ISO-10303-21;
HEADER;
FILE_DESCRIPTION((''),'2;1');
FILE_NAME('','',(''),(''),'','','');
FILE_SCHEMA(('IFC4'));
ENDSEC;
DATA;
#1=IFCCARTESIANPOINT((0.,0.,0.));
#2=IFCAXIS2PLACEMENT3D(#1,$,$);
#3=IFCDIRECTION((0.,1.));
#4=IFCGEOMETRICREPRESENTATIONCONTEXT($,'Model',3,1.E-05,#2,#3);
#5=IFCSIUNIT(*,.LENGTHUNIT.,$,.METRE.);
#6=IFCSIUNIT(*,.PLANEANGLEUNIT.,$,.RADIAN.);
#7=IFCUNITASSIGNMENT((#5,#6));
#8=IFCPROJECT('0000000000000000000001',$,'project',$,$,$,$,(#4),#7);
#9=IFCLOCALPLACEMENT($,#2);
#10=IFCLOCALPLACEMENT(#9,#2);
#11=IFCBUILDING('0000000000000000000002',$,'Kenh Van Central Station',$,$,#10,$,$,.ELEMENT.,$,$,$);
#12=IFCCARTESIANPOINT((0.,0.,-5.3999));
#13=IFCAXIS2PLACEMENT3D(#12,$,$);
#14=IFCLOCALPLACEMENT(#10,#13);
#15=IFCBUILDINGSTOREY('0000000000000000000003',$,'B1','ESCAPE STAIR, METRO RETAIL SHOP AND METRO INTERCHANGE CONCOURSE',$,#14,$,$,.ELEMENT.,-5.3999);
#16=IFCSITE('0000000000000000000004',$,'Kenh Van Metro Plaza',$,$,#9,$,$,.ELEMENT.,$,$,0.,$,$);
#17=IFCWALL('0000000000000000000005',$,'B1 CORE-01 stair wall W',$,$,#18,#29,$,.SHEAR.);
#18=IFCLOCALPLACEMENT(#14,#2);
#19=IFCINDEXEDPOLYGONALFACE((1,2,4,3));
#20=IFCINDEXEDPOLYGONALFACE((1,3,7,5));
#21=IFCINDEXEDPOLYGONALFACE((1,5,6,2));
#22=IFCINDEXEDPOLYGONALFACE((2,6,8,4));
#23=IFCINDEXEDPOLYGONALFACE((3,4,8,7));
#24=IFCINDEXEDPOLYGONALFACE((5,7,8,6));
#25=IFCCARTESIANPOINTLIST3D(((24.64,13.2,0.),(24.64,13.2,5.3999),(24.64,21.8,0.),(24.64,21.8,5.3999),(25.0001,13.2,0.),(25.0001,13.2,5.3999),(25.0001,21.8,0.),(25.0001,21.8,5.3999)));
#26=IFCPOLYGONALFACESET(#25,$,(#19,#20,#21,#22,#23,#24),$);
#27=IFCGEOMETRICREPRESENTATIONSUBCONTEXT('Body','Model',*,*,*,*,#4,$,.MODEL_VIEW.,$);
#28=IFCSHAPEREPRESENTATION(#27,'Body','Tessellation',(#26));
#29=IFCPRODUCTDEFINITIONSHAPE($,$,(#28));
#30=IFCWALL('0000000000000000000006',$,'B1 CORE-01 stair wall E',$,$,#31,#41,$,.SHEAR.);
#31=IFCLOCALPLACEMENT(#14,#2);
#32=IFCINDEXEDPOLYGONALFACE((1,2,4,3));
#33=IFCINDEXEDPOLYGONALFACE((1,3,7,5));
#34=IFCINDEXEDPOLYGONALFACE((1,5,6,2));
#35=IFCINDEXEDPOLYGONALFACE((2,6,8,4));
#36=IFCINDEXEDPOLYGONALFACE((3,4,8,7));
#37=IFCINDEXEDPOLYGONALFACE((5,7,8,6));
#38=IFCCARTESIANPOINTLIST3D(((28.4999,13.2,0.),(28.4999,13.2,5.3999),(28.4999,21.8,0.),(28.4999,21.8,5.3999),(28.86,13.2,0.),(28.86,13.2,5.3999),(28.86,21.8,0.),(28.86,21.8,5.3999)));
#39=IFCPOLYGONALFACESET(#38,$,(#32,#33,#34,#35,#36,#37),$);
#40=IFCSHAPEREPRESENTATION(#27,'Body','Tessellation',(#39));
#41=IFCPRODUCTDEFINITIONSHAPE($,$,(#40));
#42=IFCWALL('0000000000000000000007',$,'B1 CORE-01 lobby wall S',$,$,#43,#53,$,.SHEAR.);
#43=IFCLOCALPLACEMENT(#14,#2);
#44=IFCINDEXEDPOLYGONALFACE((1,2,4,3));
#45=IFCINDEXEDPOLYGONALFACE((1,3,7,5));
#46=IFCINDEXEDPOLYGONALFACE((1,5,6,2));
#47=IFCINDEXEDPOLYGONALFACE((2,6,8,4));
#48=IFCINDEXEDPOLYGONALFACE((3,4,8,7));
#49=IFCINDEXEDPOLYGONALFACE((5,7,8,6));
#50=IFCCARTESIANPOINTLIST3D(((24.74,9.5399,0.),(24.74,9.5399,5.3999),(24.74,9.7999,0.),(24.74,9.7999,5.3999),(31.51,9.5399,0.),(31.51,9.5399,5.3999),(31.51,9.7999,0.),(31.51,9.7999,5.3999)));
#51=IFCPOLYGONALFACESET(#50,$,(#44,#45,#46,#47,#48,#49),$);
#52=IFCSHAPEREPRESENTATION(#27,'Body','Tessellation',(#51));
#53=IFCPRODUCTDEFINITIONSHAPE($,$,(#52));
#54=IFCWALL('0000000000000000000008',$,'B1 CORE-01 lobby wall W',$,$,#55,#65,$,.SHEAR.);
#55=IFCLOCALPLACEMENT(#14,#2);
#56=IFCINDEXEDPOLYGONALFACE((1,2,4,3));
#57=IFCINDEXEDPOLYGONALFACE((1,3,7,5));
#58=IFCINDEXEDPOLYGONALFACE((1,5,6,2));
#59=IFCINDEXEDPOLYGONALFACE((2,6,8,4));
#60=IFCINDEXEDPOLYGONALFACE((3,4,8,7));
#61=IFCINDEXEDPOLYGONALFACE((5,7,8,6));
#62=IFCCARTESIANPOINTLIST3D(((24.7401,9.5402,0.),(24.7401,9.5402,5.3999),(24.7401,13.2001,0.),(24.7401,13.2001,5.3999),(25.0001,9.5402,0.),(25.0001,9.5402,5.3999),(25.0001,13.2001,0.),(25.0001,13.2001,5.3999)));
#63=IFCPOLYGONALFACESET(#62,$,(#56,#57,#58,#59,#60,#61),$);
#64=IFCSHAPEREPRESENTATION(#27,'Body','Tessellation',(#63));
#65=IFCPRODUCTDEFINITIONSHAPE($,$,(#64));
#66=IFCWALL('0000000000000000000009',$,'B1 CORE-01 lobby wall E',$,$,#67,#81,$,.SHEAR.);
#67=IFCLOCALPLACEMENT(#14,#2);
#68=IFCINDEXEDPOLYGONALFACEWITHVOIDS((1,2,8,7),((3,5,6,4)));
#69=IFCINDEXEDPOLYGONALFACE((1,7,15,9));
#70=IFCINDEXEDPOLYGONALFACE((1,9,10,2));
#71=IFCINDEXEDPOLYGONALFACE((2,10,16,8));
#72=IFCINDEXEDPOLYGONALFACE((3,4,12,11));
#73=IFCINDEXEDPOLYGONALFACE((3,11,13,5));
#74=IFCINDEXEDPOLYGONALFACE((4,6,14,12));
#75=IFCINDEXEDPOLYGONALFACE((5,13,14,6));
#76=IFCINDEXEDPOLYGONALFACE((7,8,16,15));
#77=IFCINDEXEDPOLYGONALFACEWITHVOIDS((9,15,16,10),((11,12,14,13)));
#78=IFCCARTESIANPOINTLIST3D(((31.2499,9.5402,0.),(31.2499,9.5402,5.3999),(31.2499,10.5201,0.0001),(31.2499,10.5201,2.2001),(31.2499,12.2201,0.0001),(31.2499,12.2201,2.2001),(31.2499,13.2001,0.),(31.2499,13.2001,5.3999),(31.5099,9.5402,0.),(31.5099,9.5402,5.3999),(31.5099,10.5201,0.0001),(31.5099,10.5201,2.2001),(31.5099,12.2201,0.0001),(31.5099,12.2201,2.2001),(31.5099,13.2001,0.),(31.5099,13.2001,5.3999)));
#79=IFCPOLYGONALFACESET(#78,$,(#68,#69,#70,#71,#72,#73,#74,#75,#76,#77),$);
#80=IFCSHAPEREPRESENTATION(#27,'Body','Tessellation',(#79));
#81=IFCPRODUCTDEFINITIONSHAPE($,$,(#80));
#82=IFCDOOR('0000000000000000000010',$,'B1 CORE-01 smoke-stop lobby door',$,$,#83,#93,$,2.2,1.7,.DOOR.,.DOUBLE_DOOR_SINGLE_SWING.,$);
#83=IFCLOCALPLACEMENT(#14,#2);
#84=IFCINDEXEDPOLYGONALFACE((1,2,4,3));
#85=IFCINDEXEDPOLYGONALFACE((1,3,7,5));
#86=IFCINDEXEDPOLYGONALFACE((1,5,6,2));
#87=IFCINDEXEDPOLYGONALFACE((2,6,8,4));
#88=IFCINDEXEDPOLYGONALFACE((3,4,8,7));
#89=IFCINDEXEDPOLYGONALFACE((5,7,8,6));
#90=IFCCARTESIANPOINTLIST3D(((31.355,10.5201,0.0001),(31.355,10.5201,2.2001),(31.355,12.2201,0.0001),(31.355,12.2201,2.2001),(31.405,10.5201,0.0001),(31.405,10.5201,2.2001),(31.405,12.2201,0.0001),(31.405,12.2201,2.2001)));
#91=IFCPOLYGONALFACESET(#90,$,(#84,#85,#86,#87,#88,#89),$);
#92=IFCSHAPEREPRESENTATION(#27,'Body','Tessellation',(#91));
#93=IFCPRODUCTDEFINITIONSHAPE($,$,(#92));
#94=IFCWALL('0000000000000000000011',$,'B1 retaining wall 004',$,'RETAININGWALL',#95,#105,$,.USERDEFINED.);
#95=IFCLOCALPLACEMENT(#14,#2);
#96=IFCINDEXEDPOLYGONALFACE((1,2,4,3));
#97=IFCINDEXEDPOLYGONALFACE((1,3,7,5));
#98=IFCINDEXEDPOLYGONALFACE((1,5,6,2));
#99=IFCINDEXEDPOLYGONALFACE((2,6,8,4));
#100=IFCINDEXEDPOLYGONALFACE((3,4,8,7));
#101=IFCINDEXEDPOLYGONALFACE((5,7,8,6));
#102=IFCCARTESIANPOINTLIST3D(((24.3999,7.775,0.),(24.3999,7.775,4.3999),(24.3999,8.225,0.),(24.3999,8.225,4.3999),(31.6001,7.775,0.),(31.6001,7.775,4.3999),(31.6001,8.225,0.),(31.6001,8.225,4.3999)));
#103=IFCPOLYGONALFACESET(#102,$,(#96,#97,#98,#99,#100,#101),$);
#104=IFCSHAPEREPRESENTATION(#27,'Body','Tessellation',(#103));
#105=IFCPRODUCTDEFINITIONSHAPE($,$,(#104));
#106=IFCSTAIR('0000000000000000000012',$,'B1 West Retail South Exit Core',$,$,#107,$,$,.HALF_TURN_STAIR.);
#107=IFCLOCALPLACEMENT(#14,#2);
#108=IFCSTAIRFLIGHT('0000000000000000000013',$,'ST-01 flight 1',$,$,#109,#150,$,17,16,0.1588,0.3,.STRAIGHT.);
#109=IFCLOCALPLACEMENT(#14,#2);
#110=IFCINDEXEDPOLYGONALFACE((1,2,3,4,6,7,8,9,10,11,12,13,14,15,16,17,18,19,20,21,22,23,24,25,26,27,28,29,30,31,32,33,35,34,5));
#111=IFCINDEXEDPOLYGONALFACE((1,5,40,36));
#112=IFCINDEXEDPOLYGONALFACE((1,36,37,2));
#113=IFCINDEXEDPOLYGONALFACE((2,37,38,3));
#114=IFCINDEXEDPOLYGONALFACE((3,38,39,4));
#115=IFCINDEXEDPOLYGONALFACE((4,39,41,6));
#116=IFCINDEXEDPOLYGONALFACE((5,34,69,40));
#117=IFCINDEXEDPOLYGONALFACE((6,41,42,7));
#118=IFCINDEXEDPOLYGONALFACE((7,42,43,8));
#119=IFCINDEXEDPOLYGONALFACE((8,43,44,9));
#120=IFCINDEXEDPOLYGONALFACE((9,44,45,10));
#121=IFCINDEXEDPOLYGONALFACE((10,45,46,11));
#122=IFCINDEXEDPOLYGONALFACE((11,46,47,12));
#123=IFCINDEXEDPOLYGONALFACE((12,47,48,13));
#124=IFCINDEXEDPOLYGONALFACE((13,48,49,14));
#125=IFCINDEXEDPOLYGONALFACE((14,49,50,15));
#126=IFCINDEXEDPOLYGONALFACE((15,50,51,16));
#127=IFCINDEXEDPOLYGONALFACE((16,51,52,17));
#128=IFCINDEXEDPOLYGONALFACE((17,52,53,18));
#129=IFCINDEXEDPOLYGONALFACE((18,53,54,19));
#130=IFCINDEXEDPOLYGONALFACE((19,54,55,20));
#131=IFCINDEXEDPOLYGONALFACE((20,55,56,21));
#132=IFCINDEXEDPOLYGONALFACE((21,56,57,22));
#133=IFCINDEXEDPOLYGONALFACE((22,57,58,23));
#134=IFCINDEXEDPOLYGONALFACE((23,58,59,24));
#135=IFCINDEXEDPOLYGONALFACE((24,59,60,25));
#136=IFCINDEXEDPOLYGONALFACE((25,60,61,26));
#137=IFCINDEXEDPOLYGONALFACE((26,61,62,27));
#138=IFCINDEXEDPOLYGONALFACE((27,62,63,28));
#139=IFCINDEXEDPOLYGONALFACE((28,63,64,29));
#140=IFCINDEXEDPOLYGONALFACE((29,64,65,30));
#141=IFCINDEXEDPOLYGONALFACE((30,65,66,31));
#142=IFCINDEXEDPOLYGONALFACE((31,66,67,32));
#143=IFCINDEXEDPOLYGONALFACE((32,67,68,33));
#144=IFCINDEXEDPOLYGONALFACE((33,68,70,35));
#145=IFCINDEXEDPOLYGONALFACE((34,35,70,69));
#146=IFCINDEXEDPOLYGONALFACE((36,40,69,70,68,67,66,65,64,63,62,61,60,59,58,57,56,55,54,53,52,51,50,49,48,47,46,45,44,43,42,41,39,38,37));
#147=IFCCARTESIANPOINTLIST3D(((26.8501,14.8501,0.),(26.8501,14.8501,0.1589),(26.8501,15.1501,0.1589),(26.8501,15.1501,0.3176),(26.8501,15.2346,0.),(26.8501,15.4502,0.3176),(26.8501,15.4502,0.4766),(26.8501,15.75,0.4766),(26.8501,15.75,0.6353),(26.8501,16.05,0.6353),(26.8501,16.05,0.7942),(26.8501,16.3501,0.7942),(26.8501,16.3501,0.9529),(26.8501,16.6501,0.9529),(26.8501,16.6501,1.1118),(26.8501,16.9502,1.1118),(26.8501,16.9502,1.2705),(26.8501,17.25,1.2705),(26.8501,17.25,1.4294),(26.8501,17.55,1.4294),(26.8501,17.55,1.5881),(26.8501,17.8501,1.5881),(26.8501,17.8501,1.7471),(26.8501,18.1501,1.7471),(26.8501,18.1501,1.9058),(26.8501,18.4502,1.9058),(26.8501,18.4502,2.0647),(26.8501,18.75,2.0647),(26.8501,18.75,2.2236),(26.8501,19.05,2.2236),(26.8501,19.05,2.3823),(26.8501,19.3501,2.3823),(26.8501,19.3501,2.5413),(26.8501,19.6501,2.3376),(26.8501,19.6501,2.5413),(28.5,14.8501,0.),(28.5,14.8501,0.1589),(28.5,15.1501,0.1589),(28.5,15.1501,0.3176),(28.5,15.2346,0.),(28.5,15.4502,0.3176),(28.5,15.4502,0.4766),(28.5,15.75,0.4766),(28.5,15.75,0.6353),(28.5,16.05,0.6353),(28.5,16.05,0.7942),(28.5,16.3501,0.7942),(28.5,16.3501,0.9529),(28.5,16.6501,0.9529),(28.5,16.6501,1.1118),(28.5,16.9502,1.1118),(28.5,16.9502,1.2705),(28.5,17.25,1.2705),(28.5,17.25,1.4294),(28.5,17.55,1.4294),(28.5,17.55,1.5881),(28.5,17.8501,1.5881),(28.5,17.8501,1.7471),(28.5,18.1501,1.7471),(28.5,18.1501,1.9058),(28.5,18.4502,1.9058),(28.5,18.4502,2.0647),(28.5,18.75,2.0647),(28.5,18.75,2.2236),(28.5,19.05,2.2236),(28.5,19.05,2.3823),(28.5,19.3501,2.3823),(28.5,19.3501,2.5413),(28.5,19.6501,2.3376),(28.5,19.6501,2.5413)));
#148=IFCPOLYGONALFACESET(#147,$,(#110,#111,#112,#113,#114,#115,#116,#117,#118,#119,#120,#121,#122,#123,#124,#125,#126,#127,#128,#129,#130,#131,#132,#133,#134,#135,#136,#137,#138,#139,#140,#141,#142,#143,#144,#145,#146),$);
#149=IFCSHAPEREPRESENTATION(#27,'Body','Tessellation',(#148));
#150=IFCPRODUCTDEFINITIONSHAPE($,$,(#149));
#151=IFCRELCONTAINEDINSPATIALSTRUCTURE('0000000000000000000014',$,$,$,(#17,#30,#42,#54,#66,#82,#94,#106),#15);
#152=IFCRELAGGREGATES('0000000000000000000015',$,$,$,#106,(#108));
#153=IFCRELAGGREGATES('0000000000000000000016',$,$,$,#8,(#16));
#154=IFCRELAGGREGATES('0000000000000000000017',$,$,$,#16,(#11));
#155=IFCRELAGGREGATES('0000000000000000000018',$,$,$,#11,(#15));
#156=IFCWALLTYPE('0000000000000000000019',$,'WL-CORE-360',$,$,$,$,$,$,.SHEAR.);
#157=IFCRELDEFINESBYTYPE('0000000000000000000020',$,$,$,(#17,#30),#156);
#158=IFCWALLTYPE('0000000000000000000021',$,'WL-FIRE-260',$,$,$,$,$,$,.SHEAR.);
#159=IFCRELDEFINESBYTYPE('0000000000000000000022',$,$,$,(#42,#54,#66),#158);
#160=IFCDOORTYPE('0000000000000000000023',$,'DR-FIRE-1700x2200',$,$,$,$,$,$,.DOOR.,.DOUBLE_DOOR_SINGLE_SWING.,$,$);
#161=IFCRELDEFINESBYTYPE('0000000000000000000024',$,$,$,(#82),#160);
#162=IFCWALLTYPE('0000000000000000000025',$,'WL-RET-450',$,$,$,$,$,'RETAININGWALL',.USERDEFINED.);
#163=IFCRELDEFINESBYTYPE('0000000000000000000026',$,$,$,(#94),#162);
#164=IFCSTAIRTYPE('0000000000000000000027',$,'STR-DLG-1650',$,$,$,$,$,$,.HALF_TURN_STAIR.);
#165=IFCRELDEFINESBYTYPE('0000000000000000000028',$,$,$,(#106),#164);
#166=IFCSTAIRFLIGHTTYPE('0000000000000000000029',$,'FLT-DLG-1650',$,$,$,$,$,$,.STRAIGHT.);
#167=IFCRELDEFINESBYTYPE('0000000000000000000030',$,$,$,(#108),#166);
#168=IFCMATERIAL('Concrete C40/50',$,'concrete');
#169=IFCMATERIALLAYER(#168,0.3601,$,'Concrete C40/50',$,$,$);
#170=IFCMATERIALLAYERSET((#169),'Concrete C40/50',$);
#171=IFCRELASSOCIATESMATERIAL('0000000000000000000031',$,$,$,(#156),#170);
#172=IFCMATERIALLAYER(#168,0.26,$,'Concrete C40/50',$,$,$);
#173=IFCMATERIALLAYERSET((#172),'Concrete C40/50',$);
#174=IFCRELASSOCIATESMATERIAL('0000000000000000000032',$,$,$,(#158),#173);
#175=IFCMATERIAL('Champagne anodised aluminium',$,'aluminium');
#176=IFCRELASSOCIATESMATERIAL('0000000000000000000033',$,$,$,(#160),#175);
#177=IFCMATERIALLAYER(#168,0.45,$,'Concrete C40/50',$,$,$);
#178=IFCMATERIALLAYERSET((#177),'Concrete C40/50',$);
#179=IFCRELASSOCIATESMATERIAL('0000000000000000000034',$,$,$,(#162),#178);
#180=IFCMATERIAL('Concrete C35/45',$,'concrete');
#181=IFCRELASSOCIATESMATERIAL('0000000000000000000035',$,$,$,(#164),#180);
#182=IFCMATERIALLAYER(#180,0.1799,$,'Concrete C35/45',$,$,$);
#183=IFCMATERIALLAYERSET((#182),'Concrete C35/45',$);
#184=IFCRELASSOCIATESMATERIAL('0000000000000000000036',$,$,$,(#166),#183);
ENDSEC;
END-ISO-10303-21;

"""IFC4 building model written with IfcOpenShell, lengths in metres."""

from ifc_helpers import new_model, si_unit, direction, frame, frame_2d, origin, place, context, subcontext, project, spatial, polyline, rectangle, outline, extrude, material, layer, layer_set, type_object, element, fill, aggregate, save


model = new_model("IFC4")

# Units and contexts
model_context = context("Model", 3, precision=1e-05, world=origin(), true_north=direction((0.0, 1.0)))
body_context = subcontext(model_context, "Body", "Model", "MODEL_VIEW")
ifc_project = project(units=[si_unit("LENGTHUNIT", "METRE"), si_unit("PLANEANGLEUNIT", "RADIAN")], contexts=[model_context])

# Site, building, storey
site_placement = place(None, origin())
site = spatial("IfcSite", under=ifc_project, at=site_placement, Name="Kenh Van Metro Plaza", CompositionType="ELEMENT", RefElevation=0.0)
building_placement = place(site_placement, origin())
building = spatial("IfcBuilding", under=site, at=building_placement, Name="Kenh Van Central Station", CompositionType="ELEMENT")
storey_placement = place(building_placement, frame((0.0, 0.0, -5.3999)))
storey = spatial("IfcBuildingStorey", under=building, at=storey_placement, Name="B1", Description="ESCAPE STAIR, METRO RETAIL SHOP AND METRO INTERCHANGE CONCOURSE", CompositionType="ELEMENT", Elevation=-5.3999)

# Shared definitions
ifc_material_1 = material(Name="Concrete C40/50", Category="concrete")

# Shared definitions
ifc_material_2 = material(Name="Concrete C35/45", Category="concrete")

# Shared definitions
ifc_material_3 = material(Name="Champagne anodised aluminium", Category="aluminium")

# Shared definitions
ifc_layer_1 = layer(ifc_material_1, 0.3601, Name="Concrete C40/50")
ifc_layer_set_1 = layer_set([ifc_layer_1], Name="Concrete C40/50")
wall_type_1 = type_object("IfcWallType", Name="WL-CORE-360", PredefinedType="SHEAR", material=ifc_layer_set_1)

# Walls
for number, where, z_axis, x_axis, name in (
    (1, (24.8201, 13.2, 0.0), (0.0, 0.0, 1.0), (0.0, 1.0, 0.0), "B1 CORE-01 stair wall W"),
    (2, (28.6799, 13.2, 0.0), (0.0, 0.0, 1.0), (0.0, 1.0, 0.0), "B1 CORE-01 stair wall E"),
):
    element("IfcWall", number, at=place(storey_placement, frame(where, z_axis=z_axis, x_axis=x_axis)), inside=storey, type_object=wall_type_1, Name=name, PredefinedType="SHEAR", context=body_context, shape_type="SweptSolid", body=[
        extrude(rectangle(XDim=8.6001, YDim=0.3601, at=frame_2d((4.3, 0.0))), origin(), (0.0, 0.0, 1.0), 5.3999),
    ])
ifc_layer_2 = layer(ifc_material_1, 0.26, Name="Concrete C40/50")
ifc_layer_set_2 = layer_set([ifc_layer_2], Name="Concrete C40/50")
wall_type_2 = type_object("IfcWallType", Name="WL-FIRE-260", PredefinedType="SHEAR", material=ifc_layer_set_2)
wall_1_placement = place(storey_placement, frame((31.51, 9.6699, 0.0), z_axis=(0.0, 0.0, 1.0), x_axis=(-1.0, 0.0, 0.0)))
element("IfcWall", 3, at=wall_1_placement, inside=storey, type_object=wall_type_2, Name="B1 CORE-01 lobby wall S", PredefinedType="SHEAR", context=body_context, shape_type="SweptSolid", body=[
    extrude(rectangle(XDim=6.77, YDim=0.26, at=frame_2d((3.385, 0.0))), origin(), (0.0, 0.0, 1.0), 5.3999),
])
wall_2_placement = place(storey_placement, frame((24.8701, 9.54, 0.0), z_axis=(0.0, 0.0, 1.0), x_axis=(0.0, 1.0, 0.0)))
element("IfcWall", 4, at=wall_2_placement, inside=storey, type_object=wall_type_2, Name="B1 CORE-01 lobby wall W", PredefinedType="SHEAR", context=body_context, shape_type="SweptSolid", body=[
    extrude(rectangle(XDim=3.6599, YDim=0.26, at=frame_2d((1.8301, 0.0))), origin(), (0.0, 0.0, 1.0), 5.3999),
])

# Wall, opening, door
wall_3_placement = place(storey_placement, frame((31.3799, 9.54, 0.0), z_axis=(0.0, 0.0, 1.0), x_axis=(0.0, 1.0, 0.0)))
wall_3 = element("IfcWall", 5, at=wall_3_placement, inside=storey, type_object=wall_type_2, Name="B1 CORE-01 lobby wall E", PredefinedType="SHEAR", context=body_context, shape_type="SweptSolid", body=[
    extrude(rectangle(XDim=3.6599, YDim=0.26, at=frame_2d((1.8301, 0.0))), origin(), (0.0, 0.0, 1.0), 5.3999),
])
opening_1_placement = place(wall_3_placement, frame((0.98, 0.0, 0.0)))
opening_1 = element("IfcOpeningElement", 6, at=opening_1_placement, cuts=wall_3, PredefinedType="OPENING", context=body_context, shape_type="SweptSolid", body=[
    extrude(rectangle(XDim=1.7, YDim=2.2, at=frame_2d((0.8501, 1.1001))), frame((0.0, 0.1399, 0.0), z_axis=(0.0, -1.0, 0.0), x_axis=(1.0, 0.0, 0.0)), (0.0, 0.0, 1.0), 0.28),
])
door_type_1 = type_object("IfcDoorType", Name="DR-FIRE-1700x2200", OperationType="DOUBLE_DOOR_SINGLE_SWING", PredefinedType="DOOR", material=ifc_material_3)
door_1_placement = place(opening_1_placement, origin())
door_1 = element("IfcDoor", 7, at=door_1_placement, inside=storey, type_object=door_type_1, Name="B1 CORE-01 smoke-stop lobby door", OperationType="DOUBLE_DOOR_SINGLE_SWING", OverallHeight=2.2, OverallWidth=1.7, PredefinedType="DOOR", context=body_context, shape_type="SweptSolid", body=[
    extrude(rectangle(XDim=1.7, YDim=2.2, at=frame_2d((0.8501, 1.1001))), frame((0.0, 0.0249, 0.0), z_axis=(0.0, -1.0, 0.0), x_axis=(1.0, 0.0, 0.0)), (0.0, 0.0, 1.0), 0.05),
])
fill(opening_1, door_1)

# Wall
ifc_layer_3 = layer(ifc_material_1, 0.45, Name="Concrete C40/50")
ifc_layer_set_3 = layer_set([ifc_layer_3], Name="Concrete C40/50")
wall_type_3 = type_object("IfcWallType", Name="WL-RET-450", ElementType="RETAININGWALL", PredefinedType="USERDEFINED", material=ifc_layer_set_3)
wall_4_placement = place(storey_placement, frame((24.3999, 8.0, 0.0), z_axis=(0.0, 0.0, 1.0), x_axis=(1.0, 0.0, 0.0)))
element("IfcWall", 8, at=wall_4_placement, inside=storey, type_object=wall_type_3, Name="B1 retaining wall 004", ObjectType="RETAININGWALL", PredefinedType="USERDEFINED", context=body_context, shape_type="SweptSolid", body=[
    extrude(rectangle(XDim=7.2002, YDim=0.45, at=frame_2d((3.6001, 0.0))), origin(), (0.0, 0.0, 1.0), 4.3999),
])

# Stair, stair flight
stair_type = type_object("IfcStairType", Name="STR-DLG-1650", PredefinedType="HALF_TURN_STAIR", material=ifc_material_2)
stair_placement = place(storey_placement, origin())
stair = element("IfcStair", 9, at=stair_placement, inside=storey, type_object=stair_type, Name="B1 West Retail South Exit Core", PredefinedType="HALF_TURN_STAIR")
ifc_layer_4 = layer(ifc_material_2, 0.1799, Name="Concrete C35/45")
ifc_layer_set_4 = layer_set([ifc_layer_4], Name="Concrete C35/45")
stair_flight_type = type_object("IfcStairFlightType", Name="FLT-DLG-1650", PredefinedType="STRAIGHT", material=ifc_layer_set_4)
stair_flight_1_placement = place(storey_placement, frame((27.675, 14.8501, 0.0), z_axis=(0.0, 0.0, 1.0), x_axis=(0.0, 1.0, 0.0)))
stair_flight_1 = element("IfcStairFlight", 10, at=stair_flight_1_placement, type_object=stair_flight_type, Name="ST-01 flight 1", NumberOfRisers=17, NumberOfTreads=16, PredefinedType="STRAIGHT", RiserHeight=0.1588, TreadLength=0.3, context=body_context, shape_type="SweptSolid", body=[
    extrude(outline(polyline([(0.0, 0.0), (0.0, 0.1589), (0.3, 0.1589), (0.3, 0.3176), (0.6001, 0.3176), (0.6001, 0.4766), (0.8999, 0.4766), (0.8999, 0.6353), (1.2, 0.6353), (1.2, 0.7942), (1.5, 0.7942), (1.5, 0.9529), (1.8, 0.9529), (1.8, 1.1118), (2.1001, 1.1118), (2.1001, 1.2705), (2.3999, 1.2705), (2.3999, 1.4294), (2.7, 1.4294), (2.7, 1.5881), (3.0, 1.5881), (3.0, 1.7471), (3.3, 1.7471), (3.3, 1.9058), (3.6001, 1.9058), (3.6001, 2.0647), (3.8999, 2.0647), (3.8999, 2.2236), (4.2, 2.2236), (4.2, 2.3823), (4.5, 2.3823), (4.5, 2.5413), (4.8, 2.5413), (4.8, 2.7), (4.8, 2.3376), (0.3845, 0.0), (0.0, 0.0)])), frame((0.0, 0.825, 0.0), z_axis=(0.0, -1.0, 0.0), x_axis=(1.0, 0.0, 0.0)), (0.0, 0.0, 1.0), 1.6499),
])
aggregate(stair, [stair_flight_1])

save(model, "model.ifc")
